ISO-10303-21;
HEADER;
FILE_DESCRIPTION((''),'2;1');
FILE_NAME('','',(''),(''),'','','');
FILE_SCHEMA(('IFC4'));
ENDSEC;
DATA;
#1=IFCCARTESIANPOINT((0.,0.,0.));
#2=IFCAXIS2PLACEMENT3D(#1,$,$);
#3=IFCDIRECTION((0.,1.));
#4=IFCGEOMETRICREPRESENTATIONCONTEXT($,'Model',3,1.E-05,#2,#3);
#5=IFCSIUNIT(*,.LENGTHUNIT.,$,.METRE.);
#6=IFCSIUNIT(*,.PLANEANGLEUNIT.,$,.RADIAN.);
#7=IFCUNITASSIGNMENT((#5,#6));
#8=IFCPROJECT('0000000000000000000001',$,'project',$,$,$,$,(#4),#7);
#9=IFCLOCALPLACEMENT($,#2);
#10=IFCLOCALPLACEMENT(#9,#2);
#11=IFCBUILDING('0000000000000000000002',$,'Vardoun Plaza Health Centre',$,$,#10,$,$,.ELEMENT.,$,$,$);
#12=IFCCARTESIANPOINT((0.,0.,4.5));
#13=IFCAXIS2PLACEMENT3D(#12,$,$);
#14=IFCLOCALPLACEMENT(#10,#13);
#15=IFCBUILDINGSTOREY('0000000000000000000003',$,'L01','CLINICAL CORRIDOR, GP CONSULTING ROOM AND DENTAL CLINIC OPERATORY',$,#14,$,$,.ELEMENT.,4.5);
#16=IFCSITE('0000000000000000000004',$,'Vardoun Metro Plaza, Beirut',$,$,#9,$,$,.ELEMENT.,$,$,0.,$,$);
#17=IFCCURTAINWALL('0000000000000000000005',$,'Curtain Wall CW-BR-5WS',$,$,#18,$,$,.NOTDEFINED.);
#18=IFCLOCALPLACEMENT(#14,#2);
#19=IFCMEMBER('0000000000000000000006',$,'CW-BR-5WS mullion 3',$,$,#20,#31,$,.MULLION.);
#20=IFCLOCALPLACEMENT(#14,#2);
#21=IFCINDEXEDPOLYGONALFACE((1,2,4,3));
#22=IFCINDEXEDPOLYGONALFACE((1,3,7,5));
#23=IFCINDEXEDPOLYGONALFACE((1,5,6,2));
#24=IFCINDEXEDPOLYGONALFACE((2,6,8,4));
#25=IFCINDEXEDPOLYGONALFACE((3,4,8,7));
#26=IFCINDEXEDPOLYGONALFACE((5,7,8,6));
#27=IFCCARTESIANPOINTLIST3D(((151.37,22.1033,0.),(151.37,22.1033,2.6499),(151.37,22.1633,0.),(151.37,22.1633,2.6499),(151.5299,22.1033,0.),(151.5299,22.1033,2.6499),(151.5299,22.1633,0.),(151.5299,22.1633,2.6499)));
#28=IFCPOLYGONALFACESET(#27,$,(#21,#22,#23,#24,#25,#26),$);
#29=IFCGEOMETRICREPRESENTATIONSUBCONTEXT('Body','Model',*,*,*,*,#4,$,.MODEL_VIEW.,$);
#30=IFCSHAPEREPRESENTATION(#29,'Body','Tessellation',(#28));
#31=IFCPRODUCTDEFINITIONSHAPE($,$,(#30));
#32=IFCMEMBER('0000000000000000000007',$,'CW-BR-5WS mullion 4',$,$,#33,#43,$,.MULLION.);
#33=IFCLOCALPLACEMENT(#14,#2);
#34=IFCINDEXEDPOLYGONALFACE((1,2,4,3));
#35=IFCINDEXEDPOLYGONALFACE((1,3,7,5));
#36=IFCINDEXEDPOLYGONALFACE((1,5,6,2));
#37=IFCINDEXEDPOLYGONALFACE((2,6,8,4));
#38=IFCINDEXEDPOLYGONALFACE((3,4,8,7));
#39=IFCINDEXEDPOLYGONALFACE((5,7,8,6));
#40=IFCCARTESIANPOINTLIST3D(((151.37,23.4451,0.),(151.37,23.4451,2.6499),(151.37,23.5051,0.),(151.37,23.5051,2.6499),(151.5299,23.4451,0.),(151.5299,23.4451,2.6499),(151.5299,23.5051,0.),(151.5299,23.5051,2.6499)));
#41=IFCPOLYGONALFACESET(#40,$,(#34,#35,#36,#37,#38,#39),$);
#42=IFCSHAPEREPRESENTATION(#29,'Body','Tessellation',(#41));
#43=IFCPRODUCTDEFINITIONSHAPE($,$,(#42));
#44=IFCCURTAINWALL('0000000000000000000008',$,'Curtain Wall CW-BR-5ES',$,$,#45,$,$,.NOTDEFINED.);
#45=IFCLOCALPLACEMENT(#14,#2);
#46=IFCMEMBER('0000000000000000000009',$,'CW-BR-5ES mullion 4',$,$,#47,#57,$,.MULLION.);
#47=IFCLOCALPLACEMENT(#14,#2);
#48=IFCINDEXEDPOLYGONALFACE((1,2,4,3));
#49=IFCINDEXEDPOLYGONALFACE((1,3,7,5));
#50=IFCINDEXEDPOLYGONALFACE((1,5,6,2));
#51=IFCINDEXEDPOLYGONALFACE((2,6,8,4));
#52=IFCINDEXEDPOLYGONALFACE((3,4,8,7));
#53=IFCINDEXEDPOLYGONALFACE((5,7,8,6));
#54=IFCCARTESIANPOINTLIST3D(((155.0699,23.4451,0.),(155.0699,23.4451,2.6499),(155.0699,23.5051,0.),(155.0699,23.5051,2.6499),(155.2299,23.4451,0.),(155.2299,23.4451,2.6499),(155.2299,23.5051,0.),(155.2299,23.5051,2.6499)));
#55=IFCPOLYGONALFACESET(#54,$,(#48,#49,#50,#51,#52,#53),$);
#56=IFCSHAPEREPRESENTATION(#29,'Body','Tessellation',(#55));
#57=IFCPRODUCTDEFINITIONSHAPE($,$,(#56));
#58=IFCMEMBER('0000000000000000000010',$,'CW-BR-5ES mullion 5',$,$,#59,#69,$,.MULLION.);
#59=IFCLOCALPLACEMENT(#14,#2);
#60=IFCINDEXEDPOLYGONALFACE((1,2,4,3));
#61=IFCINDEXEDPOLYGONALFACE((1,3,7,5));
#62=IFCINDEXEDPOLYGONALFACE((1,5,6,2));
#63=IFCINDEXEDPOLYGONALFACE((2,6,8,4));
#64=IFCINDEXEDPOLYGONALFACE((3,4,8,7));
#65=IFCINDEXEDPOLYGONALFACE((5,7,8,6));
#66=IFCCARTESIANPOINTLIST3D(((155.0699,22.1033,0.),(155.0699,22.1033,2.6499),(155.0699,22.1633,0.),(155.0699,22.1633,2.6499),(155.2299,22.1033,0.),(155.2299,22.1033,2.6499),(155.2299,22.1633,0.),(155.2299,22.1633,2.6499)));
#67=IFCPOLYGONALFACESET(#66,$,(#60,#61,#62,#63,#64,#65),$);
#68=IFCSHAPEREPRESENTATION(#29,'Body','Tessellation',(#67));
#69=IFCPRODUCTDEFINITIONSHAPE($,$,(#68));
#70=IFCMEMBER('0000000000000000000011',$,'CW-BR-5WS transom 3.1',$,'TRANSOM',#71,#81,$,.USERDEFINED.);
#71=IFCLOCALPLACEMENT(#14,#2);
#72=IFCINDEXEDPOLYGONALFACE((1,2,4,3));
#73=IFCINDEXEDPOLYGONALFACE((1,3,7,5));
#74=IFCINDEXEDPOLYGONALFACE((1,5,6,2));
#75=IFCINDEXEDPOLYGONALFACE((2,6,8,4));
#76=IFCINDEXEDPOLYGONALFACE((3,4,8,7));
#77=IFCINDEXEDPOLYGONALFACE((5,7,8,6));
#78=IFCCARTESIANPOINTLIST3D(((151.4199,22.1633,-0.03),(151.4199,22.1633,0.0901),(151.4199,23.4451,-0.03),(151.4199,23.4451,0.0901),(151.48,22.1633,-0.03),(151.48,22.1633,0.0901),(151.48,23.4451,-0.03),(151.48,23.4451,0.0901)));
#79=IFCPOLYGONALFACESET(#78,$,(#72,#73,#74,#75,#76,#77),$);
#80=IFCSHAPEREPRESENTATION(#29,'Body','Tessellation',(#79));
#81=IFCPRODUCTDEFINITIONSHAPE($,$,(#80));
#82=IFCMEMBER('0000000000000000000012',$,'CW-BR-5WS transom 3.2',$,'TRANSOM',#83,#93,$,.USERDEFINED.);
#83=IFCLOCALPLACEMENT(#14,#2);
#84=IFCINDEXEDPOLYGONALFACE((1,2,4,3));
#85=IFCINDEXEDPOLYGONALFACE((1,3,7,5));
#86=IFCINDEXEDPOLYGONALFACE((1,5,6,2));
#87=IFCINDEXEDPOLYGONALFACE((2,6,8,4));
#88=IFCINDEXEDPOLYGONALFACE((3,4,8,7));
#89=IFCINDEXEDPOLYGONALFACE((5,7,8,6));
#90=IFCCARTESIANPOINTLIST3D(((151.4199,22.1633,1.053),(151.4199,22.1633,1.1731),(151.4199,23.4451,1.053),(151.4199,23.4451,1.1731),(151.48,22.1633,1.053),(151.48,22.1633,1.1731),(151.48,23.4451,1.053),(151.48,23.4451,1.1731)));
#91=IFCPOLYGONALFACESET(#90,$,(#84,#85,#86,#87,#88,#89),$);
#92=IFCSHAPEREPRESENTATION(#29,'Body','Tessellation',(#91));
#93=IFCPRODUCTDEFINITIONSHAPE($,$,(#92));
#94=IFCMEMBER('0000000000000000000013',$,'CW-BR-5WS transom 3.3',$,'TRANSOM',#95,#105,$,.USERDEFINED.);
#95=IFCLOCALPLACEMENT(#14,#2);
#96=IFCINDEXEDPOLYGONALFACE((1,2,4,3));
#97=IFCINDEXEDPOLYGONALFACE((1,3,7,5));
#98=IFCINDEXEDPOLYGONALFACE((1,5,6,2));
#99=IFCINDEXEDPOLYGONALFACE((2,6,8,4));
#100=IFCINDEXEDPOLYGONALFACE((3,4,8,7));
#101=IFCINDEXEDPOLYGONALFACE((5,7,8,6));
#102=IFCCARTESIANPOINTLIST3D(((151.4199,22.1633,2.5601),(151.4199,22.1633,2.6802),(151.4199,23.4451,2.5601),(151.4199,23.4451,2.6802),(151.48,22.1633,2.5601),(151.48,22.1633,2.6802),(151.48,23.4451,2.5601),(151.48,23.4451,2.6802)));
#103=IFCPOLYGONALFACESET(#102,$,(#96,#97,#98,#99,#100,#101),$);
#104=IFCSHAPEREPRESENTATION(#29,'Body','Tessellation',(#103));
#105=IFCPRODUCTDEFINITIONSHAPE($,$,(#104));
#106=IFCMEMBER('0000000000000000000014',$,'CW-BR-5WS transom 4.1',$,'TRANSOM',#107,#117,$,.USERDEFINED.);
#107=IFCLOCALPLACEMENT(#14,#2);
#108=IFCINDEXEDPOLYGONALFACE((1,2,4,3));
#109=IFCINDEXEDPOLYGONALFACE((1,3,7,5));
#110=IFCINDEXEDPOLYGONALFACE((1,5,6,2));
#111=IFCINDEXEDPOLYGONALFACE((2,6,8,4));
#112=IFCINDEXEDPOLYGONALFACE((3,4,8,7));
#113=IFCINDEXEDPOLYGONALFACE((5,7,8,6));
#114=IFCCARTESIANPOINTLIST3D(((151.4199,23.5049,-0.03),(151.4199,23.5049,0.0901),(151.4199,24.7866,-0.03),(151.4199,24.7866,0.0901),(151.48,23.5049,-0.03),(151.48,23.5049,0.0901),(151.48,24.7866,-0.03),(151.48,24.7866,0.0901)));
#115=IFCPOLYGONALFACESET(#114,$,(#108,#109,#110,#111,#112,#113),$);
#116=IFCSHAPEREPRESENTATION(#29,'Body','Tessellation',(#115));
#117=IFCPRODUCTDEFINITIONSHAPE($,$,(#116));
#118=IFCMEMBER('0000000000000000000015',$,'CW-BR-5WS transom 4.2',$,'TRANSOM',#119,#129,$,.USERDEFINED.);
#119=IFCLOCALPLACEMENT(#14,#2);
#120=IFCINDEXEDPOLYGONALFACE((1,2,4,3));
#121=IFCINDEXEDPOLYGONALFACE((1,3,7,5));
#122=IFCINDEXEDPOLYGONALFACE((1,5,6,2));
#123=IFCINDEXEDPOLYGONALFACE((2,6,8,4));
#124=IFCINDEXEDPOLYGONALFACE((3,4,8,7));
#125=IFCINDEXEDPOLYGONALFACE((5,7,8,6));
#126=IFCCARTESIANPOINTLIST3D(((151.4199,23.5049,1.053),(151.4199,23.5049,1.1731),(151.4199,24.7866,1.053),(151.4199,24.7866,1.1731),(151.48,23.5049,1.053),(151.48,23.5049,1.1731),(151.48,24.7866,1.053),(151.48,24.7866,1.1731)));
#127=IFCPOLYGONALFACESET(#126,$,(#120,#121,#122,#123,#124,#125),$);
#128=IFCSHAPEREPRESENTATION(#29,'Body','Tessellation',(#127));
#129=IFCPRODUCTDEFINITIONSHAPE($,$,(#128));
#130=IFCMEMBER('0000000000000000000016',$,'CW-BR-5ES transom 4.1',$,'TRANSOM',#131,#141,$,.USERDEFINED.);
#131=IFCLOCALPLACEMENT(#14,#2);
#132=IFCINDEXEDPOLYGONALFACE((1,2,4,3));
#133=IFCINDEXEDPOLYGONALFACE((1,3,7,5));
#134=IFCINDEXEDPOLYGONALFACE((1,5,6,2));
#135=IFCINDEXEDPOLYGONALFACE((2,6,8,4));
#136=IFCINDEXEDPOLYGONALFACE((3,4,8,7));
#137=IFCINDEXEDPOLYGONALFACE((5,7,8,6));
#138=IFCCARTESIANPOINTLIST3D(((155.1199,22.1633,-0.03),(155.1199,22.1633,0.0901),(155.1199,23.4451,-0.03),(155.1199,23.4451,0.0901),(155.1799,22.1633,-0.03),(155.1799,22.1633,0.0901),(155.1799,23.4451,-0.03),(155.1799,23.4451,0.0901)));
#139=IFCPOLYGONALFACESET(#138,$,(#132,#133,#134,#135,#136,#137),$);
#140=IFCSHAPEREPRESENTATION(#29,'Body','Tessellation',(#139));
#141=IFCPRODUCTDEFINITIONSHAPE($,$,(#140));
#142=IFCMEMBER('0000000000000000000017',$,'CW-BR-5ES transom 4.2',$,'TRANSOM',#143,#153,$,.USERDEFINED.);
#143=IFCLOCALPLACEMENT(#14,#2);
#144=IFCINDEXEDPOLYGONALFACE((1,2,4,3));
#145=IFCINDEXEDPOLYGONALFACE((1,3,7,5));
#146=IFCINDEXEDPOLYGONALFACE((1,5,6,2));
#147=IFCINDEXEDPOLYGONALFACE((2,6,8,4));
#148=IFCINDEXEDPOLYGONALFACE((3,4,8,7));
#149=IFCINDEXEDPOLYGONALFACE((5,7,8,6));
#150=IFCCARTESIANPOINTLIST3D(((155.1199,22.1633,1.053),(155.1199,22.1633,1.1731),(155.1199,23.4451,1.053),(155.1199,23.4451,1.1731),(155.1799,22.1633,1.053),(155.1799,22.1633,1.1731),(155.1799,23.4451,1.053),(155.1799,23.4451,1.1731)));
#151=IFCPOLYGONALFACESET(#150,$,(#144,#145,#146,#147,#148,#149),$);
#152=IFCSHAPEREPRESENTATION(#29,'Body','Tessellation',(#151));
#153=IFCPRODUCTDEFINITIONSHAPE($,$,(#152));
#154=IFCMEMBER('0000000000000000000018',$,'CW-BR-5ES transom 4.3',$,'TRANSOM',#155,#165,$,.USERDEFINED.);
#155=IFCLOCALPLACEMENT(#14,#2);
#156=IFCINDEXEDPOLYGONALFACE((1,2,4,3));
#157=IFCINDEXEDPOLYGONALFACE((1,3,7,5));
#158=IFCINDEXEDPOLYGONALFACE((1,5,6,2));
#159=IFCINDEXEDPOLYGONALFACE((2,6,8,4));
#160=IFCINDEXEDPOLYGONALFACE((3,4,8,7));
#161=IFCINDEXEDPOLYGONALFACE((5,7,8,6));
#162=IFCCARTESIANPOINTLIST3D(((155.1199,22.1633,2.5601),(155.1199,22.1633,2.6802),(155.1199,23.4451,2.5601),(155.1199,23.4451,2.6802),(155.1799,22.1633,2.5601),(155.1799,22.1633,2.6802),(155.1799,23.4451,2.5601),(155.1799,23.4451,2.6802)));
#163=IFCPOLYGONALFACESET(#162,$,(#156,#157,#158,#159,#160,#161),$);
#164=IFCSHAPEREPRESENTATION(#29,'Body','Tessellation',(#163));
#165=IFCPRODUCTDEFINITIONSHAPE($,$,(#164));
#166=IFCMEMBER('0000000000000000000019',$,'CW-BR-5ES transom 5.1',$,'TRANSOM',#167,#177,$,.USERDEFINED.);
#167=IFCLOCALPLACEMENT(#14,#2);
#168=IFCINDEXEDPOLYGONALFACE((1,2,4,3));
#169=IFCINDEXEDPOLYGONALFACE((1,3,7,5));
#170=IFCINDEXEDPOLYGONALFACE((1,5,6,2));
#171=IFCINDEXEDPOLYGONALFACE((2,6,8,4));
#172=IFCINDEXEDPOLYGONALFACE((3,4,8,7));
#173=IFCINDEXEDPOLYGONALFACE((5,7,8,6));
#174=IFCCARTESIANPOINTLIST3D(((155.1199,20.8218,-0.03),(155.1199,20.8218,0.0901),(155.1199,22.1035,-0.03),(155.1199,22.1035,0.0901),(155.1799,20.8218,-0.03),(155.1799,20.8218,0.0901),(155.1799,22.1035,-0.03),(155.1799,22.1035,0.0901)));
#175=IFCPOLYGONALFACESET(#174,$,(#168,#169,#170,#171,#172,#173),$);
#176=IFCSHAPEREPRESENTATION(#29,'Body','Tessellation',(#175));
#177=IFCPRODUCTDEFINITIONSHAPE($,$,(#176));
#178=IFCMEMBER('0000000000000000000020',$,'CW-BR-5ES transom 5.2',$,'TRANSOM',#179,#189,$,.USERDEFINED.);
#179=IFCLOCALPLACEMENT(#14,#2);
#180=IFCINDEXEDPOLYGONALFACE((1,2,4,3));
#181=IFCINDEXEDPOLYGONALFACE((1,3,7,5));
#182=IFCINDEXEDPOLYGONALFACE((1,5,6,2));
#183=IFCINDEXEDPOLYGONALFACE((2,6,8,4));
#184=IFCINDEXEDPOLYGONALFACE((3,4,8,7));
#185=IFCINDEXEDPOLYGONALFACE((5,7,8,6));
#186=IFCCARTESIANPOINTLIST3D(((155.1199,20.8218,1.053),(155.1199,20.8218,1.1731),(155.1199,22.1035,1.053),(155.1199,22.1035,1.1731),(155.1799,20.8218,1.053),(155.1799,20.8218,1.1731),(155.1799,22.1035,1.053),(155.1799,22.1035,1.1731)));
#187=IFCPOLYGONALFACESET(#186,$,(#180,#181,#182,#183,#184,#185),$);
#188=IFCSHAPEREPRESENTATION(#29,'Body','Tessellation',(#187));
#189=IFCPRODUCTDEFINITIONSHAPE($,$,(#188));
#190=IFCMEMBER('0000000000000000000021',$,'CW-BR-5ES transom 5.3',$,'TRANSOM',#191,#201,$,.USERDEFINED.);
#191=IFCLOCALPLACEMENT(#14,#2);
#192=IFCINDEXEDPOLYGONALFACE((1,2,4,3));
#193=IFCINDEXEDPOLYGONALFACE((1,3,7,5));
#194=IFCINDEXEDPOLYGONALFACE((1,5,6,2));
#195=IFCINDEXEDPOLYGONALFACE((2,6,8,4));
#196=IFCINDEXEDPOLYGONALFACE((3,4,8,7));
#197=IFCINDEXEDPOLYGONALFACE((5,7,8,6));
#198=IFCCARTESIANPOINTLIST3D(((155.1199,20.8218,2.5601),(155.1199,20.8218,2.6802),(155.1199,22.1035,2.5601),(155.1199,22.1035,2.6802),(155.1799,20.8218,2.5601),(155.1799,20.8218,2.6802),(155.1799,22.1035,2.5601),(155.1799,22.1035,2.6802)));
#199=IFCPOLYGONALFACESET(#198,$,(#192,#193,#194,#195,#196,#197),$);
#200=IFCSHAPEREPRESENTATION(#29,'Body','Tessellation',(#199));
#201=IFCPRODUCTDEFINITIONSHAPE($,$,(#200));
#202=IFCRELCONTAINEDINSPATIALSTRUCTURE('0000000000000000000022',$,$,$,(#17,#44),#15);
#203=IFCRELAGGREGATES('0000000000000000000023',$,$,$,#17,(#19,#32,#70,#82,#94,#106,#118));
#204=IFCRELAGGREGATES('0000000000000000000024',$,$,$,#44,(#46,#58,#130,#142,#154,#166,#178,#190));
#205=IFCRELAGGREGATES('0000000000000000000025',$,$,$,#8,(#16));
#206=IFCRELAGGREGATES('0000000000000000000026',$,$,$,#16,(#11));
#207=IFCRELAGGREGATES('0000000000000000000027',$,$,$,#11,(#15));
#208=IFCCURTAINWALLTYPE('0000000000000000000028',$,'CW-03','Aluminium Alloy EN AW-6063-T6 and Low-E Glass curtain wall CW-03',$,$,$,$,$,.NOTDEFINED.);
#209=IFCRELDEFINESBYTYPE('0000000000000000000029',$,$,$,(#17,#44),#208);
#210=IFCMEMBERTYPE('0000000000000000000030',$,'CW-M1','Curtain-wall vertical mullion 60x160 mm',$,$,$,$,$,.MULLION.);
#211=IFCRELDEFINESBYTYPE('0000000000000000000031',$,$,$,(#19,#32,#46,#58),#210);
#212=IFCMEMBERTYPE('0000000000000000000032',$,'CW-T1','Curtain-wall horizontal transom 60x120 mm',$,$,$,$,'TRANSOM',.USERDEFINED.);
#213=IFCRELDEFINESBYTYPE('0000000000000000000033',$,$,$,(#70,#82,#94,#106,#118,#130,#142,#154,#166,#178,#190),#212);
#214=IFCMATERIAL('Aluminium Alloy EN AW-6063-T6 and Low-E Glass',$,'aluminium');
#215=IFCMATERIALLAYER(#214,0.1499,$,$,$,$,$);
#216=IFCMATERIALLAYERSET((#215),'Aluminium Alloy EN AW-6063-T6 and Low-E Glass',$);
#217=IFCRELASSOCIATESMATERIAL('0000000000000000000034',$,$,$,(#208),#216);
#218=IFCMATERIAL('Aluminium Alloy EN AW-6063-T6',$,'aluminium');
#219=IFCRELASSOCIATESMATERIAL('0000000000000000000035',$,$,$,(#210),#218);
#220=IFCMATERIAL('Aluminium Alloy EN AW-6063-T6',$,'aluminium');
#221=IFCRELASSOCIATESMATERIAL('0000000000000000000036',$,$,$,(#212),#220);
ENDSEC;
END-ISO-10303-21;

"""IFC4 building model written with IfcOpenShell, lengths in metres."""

from ifc_helpers import new_model, si_unit, direction, frame, origin, origin_2d, place, context, subcontext, project, spatial, rectangle, extrude, material, layer, layer_set, material_profile, profile_set, type_object, element, aggregate, save


model = new_model("IFC4")

# Units and contexts
model_context = context("Model", 3, precision=1e-05, world=origin(), true_north=direction((0.0, 1.0)))
body_context = subcontext(model_context, "Body", "Model", "MODEL_VIEW")
ifc_project = project(units=[si_unit("LENGTHUNIT", "METRE"), si_unit("PLANEANGLEUNIT", "RADIAN")], contexts=[model_context])

# Site, building, storey
site_placement = place(None, origin())
site = spatial("IfcSite", under=ifc_project, at=site_placement, Name="Vardoun Metro Plaza, Beirut", CompositionType="ELEMENT", RefElevation=0.0)
building_placement = place(site_placement, origin())
building = spatial("IfcBuilding", under=site, at=building_placement, Name="Vardoun Plaza Health Centre", CompositionType="ELEMENT")
storey_placement = place(building_placement, frame((0.0, 0.0, 4.5)))
storey = spatial("IfcBuildingStorey", under=building, at=storey_placement, Name="L01", Description="CLINICAL CORRIDOR, GP CONSULTING ROOM AND DENTAL CLINIC OPERATORY", CompositionType="ELEMENT", Elevation=4.5)

# Curtain walls, members
ifc_material_1 = material(Name="Aluminium Alloy EN AW-6063-T6 and Low-E Glass", Category="aluminium")
ifc_layer_1 = layer(ifc_material_1, 0.1499)
ifc_layer_set_1 = layer_set([ifc_layer_1], Name="Aluminium Alloy EN AW-6063-T6 and Low-E Glass")
curtain_wall_type = type_object("IfcCurtainWallType", Name="CW-03", Description="Aluminium Alloy EN AW-6063-T6 and Low-E Glass curtain wall CW-03", PredefinedType="NOTDEFINED", material=ifc_layer_set_1)
curtain_wall_1_placement = place(storey_placement, origin())
curtain_wall_1 = element("IfcCurtainWall", 1, at=curtain_wall_1_placement, inside=storey, type_object=curtain_wall_type, Name="Curtain Wall CW-BR-5WS", PredefinedType="NOTDEFINED")
ifc_material_2 = material(Name="Aluminium Alloy EN AW-6063-T6", Category="aluminium")
ifc_material_profile_1 = material_profile(ifc_material_2, rectangle(XDim=0.1599, YDim=0.0601, at=origin_2d()), Name="CWM 60x160")
ifc_profile_set_1 = profile_set([ifc_material_profile_1], Name="Aluminium Alloy EN AW-6063-T6")
member_type_1 = type_object("IfcMemberType", Name="CW-M1", Description="Curtain-wall vertical mullion 60x160 mm", PredefinedType="MULLION", material=ifc_profile_set_1)
member_1_placement = place(storey_placement, frame((151.45, 22.1333, 0.0), z_axis=(0.0, 0.0, 1.0), x_axis=(-1.0, 0.0, 0.0)))
member_1 = element("IfcMember", 2, at=member_1_placement, type_object=member_type_1, Name="CW-BR-5WS mullion 3", PredefinedType="MULLION", context=body_context, shape_type="SweptSolid", body=[
    extrude(rectangle(XDim=0.1599, YDim=0.0601, at=origin_2d()), origin(), (0.0, 0.0, 1.0), 2.6499),
])
member_2_placement = place(storey_placement, frame((151.45, 23.4751, 0.0), z_axis=(0.0, 0.0, 1.0), x_axis=(-1.0, 0.0, 0.0)))
member_2 = element("IfcMember", 3, at=member_2_placement, type_object=member_type_1, Name="CW-BR-5WS mullion 4", PredefinedType="MULLION", context=body_context, shape_type="SweptSolid", body=[
    extrude(rectangle(XDim=0.1599, YDim=0.0601, at=origin_2d()), origin(), (0.0, 0.0, 1.0), 2.6499),
])
curtain_wall_2_placement = place(storey_placement, origin())
curtain_wall_2 = element("IfcCurtainWall", 4, at=curtain_wall_2_placement, inside=storey, type_object=curtain_wall_type, Name="Curtain Wall CW-BR-5ES", PredefinedType="NOTDEFINED")
member_3_placement = place(storey_placement, frame((155.1499, 23.4751, 0.0), z_axis=(0.0, 0.0, 1.0), x_axis=(1.0, 0.0, 0.0)))
member_3 = element("IfcMember", 5, at=member_3_placement, type_object=member_type_1, Name="CW-BR-5ES mullion 4", PredefinedType="MULLION", context=body_context, shape_type="SweptSolid", body=[
    extrude(rectangle(XDim=0.1599, YDim=0.0601, at=origin_2d()), origin(), (0.0, 0.0, 1.0), 2.6499),
])
member_4_placement = place(storey_placement, frame((155.1499, 22.1333, 0.0), z_axis=(0.0, 0.0, 1.0), x_axis=(1.0, 0.0, 0.0)))
member_4 = element("IfcMember", 6, at=member_4_placement, type_object=member_type_1, Name="CW-BR-5ES mullion 5", PredefinedType="MULLION", context=body_context, shape_type="SweptSolid", body=[
    extrude(rectangle(XDim=0.1599, YDim=0.0601, at=origin_2d()), origin(), (0.0, 0.0, 1.0), 2.6499),
])

# Members
ifc_material_3 = material(Name="Aluminium Alloy EN AW-6063-T6", Category="aluminium")
ifc_material_profile_2 = material_profile(ifc_material_3, rectangle(XDim=0.0601, YDim=0.1201, at=origin_2d()), Name="CWT 60x120")
ifc_profile_set_2 = profile_set([ifc_material_profile_2], Name="Aluminium Alloy EN AW-6063-T6")
member_type_2 = type_object("IfcMemberType", Name="CW-T1", Description="Curtain-wall horizontal transom 60x120 mm", ElementType="TRANSOM", PredefinedType="USERDEFINED", material=ifc_profile_set_2)
member_5_placement = place(storey_placement, frame((151.45, 22.1633, 0.03), z_axis=(0.0, 1.0, 0.0), x_axis=(-1.0, 0.0, 0.0)))
member_5 = element("IfcMember", 7, at=member_5_placement, type_object=member_type_2, Name="CW-BR-5WS transom 3.1", ObjectType="TRANSOM", PredefinedType="USERDEFINED", context=body_context, shape_type="SweptSolid", body=[
    extrude(rectangle(XDim=0.0601, YDim=0.1201, at=origin_2d()), origin(), (0.0, 0.0, 1.0), 1.2817),
])
member_6_placement = place(storey_placement, frame((151.45, 22.1633, 1.113), z_axis=(0.0, 1.0, 0.0), x_axis=(-1.0, 0.0, 0.0)))
member_6 = element("IfcMember", 8, at=member_6_placement, type_object=member_type_2, Name="CW-BR-5WS transom 3.2", ObjectType="TRANSOM", PredefinedType="USERDEFINED", context=body_context, shape_type="SweptSolid", body=[
    extrude(rectangle(XDim=0.0601, YDim=0.1201, at=origin_2d()), origin(), (0.0, 0.0, 1.0), 1.2817),
])
member_7_placement = place(storey_placement, frame((151.45, 22.1633, 2.6201), z_axis=(0.0, 1.0, 0.0), x_axis=(-1.0, 0.0, 0.0)))
member_7 = element("IfcMember", 9, at=member_7_placement, type_object=member_type_2, Name="CW-BR-5WS transom 3.3", ObjectType="TRANSOM", PredefinedType="USERDEFINED", context=body_context, shape_type="SweptSolid", body=[
    extrude(rectangle(XDim=0.0601, YDim=0.1201, at=origin_2d()), origin(), (0.0, 0.0, 1.0), 1.2817),
])
member_8_placement = place(storey_placement, frame((151.45, 23.5049, 0.03), z_axis=(0.0, 1.0, 0.0), x_axis=(-1.0, 0.0, 0.0)))
member_8 = element("IfcMember", 10, at=member_8_placement, type_object=member_type_2, Name="CW-BR-5WS transom 4.1", ObjectType="TRANSOM", PredefinedType="USERDEFINED", context=body_context, shape_type="SweptSolid", body=[
    extrude(rectangle(XDim=0.0601, YDim=0.1201, at=origin_2d()), origin(), (0.0, 0.0, 1.0), 1.2817),
])
member_9_placement = place(storey_placement, frame((151.45, 23.5049, 1.113), z_axis=(0.0, 1.0, 0.0), x_axis=(-1.0, 0.0, 0.0)))
member_9 = element("IfcMember", 11, at=member_9_placement, type_object=member_type_2, Name="CW-BR-5WS transom 4.2", ObjectType="TRANSOM", PredefinedType="USERDEFINED", context=body_context, shape_type="SweptSolid", body=[
    extrude(rectangle(XDim=0.0601, YDim=0.1201, at=origin_2d()), origin(), (0.0, 0.0, 1.0), 1.2817),
])
member_10_placement = place(storey_placement, frame((155.1499, 23.4451, 0.03), z_axis=(0.0, -1.0, 0.0), x_axis=(1.0, 0.0, 0.0)))
member_10 = element("IfcMember", 12, at=member_10_placement, type_object=member_type_2, Name="CW-BR-5ES transom 4.1", ObjectType="TRANSOM", PredefinedType="USERDEFINED", context=body_context, shape_type="SweptSolid", body=[
    extrude(rectangle(XDim=0.0601, YDim=0.1201, at=origin_2d()), origin(), (0.0, 0.0, 1.0), 1.2817),
])
member_11_placement = place(storey_placement, frame((155.1499, 23.4451, 1.113), z_axis=(0.0, -1.0, 0.0), x_axis=(1.0, 0.0, 0.0)))
member_11 = element("IfcMember", 13, at=member_11_placement, type_object=member_type_2, Name="CW-BR-5ES transom 4.2", ObjectType="TRANSOM", PredefinedType="USERDEFINED", context=body_context, shape_type="SweptSolid", body=[
    extrude(rectangle(XDim=0.0601, YDim=0.1201, at=origin_2d()), origin(), (0.0, 0.0, 1.0), 1.2817),
])
member_12_placement = place(storey_placement, frame((155.1499, 23.4451, 2.6201), z_axis=(0.0, -1.0, 0.0), x_axis=(1.0, 0.0, 0.0)))
member_12 = element("IfcMember", 14, at=member_12_placement, type_object=member_type_2, Name="CW-BR-5ES transom 4.3", ObjectType="TRANSOM", PredefinedType="USERDEFINED", context=body_context, shape_type="SweptSolid", body=[
    extrude(rectangle(XDim=0.0601, YDim=0.1201, at=origin_2d()), origin(), (0.0, 0.0, 1.0), 1.2817),
])
member_13_placement = place(storey_placement, frame((155.1499, 22.1035, 0.03), z_axis=(0.0, -1.0, 0.0), x_axis=(1.0, 0.0, 0.0)))
member_13 = element("IfcMember", 15, at=member_13_placement, type_object=member_type_2, Name="CW-BR-5ES transom 5.1", ObjectType="TRANSOM", PredefinedType="USERDEFINED", context=body_context, shape_type="SweptSolid", body=[
    extrude(rectangle(XDim=0.0601, YDim=0.1201, at=origin_2d()), origin(), (0.0, 0.0, 1.0), 1.2817),
])
member_14_placement = place(storey_placement, frame((155.1499, 22.1035, 1.113), z_axis=(0.0, -1.0, 0.0), x_axis=(1.0, 0.0, 0.0)))
member_14 = element("IfcMember", 16, at=member_14_placement, type_object=member_type_2, Name="CW-BR-5ES transom 5.2", ObjectType="TRANSOM", PredefinedType="USERDEFINED", context=body_context, shape_type="SweptSolid", body=[
    extrude(rectangle(XDim=0.0601, YDim=0.1201, at=origin_2d()), origin(), (0.0, 0.0, 1.0), 1.2817),
])
member_15_placement = place(storey_placement, frame((155.1499, 22.1035, 2.6201), z_axis=(0.0, -1.0, 0.0), x_axis=(1.0, 0.0, 0.0)))
member_15 = element("IfcMember", 17, at=member_15_placement, type_object=member_type_2, Name="CW-BR-5ES transom 5.3", ObjectType="TRANSOM", PredefinedType="USERDEFINED", context=body_context, shape_type="SweptSolid", body=[
    extrude(rectangle(XDim=0.0601, YDim=0.1201, at=origin_2d()), origin(), (0.0, 0.0, 1.0), 1.2817),
])

aggregate(curtain_wall_1, [member_1, member_2, member_5, member_6, member_7, member_8, member_9])
aggregate(curtain_wall_2, [member_3, member_4, member_10, member_11, member_12, member_13, member_14, member_15])

save(model, "model.ifc")
